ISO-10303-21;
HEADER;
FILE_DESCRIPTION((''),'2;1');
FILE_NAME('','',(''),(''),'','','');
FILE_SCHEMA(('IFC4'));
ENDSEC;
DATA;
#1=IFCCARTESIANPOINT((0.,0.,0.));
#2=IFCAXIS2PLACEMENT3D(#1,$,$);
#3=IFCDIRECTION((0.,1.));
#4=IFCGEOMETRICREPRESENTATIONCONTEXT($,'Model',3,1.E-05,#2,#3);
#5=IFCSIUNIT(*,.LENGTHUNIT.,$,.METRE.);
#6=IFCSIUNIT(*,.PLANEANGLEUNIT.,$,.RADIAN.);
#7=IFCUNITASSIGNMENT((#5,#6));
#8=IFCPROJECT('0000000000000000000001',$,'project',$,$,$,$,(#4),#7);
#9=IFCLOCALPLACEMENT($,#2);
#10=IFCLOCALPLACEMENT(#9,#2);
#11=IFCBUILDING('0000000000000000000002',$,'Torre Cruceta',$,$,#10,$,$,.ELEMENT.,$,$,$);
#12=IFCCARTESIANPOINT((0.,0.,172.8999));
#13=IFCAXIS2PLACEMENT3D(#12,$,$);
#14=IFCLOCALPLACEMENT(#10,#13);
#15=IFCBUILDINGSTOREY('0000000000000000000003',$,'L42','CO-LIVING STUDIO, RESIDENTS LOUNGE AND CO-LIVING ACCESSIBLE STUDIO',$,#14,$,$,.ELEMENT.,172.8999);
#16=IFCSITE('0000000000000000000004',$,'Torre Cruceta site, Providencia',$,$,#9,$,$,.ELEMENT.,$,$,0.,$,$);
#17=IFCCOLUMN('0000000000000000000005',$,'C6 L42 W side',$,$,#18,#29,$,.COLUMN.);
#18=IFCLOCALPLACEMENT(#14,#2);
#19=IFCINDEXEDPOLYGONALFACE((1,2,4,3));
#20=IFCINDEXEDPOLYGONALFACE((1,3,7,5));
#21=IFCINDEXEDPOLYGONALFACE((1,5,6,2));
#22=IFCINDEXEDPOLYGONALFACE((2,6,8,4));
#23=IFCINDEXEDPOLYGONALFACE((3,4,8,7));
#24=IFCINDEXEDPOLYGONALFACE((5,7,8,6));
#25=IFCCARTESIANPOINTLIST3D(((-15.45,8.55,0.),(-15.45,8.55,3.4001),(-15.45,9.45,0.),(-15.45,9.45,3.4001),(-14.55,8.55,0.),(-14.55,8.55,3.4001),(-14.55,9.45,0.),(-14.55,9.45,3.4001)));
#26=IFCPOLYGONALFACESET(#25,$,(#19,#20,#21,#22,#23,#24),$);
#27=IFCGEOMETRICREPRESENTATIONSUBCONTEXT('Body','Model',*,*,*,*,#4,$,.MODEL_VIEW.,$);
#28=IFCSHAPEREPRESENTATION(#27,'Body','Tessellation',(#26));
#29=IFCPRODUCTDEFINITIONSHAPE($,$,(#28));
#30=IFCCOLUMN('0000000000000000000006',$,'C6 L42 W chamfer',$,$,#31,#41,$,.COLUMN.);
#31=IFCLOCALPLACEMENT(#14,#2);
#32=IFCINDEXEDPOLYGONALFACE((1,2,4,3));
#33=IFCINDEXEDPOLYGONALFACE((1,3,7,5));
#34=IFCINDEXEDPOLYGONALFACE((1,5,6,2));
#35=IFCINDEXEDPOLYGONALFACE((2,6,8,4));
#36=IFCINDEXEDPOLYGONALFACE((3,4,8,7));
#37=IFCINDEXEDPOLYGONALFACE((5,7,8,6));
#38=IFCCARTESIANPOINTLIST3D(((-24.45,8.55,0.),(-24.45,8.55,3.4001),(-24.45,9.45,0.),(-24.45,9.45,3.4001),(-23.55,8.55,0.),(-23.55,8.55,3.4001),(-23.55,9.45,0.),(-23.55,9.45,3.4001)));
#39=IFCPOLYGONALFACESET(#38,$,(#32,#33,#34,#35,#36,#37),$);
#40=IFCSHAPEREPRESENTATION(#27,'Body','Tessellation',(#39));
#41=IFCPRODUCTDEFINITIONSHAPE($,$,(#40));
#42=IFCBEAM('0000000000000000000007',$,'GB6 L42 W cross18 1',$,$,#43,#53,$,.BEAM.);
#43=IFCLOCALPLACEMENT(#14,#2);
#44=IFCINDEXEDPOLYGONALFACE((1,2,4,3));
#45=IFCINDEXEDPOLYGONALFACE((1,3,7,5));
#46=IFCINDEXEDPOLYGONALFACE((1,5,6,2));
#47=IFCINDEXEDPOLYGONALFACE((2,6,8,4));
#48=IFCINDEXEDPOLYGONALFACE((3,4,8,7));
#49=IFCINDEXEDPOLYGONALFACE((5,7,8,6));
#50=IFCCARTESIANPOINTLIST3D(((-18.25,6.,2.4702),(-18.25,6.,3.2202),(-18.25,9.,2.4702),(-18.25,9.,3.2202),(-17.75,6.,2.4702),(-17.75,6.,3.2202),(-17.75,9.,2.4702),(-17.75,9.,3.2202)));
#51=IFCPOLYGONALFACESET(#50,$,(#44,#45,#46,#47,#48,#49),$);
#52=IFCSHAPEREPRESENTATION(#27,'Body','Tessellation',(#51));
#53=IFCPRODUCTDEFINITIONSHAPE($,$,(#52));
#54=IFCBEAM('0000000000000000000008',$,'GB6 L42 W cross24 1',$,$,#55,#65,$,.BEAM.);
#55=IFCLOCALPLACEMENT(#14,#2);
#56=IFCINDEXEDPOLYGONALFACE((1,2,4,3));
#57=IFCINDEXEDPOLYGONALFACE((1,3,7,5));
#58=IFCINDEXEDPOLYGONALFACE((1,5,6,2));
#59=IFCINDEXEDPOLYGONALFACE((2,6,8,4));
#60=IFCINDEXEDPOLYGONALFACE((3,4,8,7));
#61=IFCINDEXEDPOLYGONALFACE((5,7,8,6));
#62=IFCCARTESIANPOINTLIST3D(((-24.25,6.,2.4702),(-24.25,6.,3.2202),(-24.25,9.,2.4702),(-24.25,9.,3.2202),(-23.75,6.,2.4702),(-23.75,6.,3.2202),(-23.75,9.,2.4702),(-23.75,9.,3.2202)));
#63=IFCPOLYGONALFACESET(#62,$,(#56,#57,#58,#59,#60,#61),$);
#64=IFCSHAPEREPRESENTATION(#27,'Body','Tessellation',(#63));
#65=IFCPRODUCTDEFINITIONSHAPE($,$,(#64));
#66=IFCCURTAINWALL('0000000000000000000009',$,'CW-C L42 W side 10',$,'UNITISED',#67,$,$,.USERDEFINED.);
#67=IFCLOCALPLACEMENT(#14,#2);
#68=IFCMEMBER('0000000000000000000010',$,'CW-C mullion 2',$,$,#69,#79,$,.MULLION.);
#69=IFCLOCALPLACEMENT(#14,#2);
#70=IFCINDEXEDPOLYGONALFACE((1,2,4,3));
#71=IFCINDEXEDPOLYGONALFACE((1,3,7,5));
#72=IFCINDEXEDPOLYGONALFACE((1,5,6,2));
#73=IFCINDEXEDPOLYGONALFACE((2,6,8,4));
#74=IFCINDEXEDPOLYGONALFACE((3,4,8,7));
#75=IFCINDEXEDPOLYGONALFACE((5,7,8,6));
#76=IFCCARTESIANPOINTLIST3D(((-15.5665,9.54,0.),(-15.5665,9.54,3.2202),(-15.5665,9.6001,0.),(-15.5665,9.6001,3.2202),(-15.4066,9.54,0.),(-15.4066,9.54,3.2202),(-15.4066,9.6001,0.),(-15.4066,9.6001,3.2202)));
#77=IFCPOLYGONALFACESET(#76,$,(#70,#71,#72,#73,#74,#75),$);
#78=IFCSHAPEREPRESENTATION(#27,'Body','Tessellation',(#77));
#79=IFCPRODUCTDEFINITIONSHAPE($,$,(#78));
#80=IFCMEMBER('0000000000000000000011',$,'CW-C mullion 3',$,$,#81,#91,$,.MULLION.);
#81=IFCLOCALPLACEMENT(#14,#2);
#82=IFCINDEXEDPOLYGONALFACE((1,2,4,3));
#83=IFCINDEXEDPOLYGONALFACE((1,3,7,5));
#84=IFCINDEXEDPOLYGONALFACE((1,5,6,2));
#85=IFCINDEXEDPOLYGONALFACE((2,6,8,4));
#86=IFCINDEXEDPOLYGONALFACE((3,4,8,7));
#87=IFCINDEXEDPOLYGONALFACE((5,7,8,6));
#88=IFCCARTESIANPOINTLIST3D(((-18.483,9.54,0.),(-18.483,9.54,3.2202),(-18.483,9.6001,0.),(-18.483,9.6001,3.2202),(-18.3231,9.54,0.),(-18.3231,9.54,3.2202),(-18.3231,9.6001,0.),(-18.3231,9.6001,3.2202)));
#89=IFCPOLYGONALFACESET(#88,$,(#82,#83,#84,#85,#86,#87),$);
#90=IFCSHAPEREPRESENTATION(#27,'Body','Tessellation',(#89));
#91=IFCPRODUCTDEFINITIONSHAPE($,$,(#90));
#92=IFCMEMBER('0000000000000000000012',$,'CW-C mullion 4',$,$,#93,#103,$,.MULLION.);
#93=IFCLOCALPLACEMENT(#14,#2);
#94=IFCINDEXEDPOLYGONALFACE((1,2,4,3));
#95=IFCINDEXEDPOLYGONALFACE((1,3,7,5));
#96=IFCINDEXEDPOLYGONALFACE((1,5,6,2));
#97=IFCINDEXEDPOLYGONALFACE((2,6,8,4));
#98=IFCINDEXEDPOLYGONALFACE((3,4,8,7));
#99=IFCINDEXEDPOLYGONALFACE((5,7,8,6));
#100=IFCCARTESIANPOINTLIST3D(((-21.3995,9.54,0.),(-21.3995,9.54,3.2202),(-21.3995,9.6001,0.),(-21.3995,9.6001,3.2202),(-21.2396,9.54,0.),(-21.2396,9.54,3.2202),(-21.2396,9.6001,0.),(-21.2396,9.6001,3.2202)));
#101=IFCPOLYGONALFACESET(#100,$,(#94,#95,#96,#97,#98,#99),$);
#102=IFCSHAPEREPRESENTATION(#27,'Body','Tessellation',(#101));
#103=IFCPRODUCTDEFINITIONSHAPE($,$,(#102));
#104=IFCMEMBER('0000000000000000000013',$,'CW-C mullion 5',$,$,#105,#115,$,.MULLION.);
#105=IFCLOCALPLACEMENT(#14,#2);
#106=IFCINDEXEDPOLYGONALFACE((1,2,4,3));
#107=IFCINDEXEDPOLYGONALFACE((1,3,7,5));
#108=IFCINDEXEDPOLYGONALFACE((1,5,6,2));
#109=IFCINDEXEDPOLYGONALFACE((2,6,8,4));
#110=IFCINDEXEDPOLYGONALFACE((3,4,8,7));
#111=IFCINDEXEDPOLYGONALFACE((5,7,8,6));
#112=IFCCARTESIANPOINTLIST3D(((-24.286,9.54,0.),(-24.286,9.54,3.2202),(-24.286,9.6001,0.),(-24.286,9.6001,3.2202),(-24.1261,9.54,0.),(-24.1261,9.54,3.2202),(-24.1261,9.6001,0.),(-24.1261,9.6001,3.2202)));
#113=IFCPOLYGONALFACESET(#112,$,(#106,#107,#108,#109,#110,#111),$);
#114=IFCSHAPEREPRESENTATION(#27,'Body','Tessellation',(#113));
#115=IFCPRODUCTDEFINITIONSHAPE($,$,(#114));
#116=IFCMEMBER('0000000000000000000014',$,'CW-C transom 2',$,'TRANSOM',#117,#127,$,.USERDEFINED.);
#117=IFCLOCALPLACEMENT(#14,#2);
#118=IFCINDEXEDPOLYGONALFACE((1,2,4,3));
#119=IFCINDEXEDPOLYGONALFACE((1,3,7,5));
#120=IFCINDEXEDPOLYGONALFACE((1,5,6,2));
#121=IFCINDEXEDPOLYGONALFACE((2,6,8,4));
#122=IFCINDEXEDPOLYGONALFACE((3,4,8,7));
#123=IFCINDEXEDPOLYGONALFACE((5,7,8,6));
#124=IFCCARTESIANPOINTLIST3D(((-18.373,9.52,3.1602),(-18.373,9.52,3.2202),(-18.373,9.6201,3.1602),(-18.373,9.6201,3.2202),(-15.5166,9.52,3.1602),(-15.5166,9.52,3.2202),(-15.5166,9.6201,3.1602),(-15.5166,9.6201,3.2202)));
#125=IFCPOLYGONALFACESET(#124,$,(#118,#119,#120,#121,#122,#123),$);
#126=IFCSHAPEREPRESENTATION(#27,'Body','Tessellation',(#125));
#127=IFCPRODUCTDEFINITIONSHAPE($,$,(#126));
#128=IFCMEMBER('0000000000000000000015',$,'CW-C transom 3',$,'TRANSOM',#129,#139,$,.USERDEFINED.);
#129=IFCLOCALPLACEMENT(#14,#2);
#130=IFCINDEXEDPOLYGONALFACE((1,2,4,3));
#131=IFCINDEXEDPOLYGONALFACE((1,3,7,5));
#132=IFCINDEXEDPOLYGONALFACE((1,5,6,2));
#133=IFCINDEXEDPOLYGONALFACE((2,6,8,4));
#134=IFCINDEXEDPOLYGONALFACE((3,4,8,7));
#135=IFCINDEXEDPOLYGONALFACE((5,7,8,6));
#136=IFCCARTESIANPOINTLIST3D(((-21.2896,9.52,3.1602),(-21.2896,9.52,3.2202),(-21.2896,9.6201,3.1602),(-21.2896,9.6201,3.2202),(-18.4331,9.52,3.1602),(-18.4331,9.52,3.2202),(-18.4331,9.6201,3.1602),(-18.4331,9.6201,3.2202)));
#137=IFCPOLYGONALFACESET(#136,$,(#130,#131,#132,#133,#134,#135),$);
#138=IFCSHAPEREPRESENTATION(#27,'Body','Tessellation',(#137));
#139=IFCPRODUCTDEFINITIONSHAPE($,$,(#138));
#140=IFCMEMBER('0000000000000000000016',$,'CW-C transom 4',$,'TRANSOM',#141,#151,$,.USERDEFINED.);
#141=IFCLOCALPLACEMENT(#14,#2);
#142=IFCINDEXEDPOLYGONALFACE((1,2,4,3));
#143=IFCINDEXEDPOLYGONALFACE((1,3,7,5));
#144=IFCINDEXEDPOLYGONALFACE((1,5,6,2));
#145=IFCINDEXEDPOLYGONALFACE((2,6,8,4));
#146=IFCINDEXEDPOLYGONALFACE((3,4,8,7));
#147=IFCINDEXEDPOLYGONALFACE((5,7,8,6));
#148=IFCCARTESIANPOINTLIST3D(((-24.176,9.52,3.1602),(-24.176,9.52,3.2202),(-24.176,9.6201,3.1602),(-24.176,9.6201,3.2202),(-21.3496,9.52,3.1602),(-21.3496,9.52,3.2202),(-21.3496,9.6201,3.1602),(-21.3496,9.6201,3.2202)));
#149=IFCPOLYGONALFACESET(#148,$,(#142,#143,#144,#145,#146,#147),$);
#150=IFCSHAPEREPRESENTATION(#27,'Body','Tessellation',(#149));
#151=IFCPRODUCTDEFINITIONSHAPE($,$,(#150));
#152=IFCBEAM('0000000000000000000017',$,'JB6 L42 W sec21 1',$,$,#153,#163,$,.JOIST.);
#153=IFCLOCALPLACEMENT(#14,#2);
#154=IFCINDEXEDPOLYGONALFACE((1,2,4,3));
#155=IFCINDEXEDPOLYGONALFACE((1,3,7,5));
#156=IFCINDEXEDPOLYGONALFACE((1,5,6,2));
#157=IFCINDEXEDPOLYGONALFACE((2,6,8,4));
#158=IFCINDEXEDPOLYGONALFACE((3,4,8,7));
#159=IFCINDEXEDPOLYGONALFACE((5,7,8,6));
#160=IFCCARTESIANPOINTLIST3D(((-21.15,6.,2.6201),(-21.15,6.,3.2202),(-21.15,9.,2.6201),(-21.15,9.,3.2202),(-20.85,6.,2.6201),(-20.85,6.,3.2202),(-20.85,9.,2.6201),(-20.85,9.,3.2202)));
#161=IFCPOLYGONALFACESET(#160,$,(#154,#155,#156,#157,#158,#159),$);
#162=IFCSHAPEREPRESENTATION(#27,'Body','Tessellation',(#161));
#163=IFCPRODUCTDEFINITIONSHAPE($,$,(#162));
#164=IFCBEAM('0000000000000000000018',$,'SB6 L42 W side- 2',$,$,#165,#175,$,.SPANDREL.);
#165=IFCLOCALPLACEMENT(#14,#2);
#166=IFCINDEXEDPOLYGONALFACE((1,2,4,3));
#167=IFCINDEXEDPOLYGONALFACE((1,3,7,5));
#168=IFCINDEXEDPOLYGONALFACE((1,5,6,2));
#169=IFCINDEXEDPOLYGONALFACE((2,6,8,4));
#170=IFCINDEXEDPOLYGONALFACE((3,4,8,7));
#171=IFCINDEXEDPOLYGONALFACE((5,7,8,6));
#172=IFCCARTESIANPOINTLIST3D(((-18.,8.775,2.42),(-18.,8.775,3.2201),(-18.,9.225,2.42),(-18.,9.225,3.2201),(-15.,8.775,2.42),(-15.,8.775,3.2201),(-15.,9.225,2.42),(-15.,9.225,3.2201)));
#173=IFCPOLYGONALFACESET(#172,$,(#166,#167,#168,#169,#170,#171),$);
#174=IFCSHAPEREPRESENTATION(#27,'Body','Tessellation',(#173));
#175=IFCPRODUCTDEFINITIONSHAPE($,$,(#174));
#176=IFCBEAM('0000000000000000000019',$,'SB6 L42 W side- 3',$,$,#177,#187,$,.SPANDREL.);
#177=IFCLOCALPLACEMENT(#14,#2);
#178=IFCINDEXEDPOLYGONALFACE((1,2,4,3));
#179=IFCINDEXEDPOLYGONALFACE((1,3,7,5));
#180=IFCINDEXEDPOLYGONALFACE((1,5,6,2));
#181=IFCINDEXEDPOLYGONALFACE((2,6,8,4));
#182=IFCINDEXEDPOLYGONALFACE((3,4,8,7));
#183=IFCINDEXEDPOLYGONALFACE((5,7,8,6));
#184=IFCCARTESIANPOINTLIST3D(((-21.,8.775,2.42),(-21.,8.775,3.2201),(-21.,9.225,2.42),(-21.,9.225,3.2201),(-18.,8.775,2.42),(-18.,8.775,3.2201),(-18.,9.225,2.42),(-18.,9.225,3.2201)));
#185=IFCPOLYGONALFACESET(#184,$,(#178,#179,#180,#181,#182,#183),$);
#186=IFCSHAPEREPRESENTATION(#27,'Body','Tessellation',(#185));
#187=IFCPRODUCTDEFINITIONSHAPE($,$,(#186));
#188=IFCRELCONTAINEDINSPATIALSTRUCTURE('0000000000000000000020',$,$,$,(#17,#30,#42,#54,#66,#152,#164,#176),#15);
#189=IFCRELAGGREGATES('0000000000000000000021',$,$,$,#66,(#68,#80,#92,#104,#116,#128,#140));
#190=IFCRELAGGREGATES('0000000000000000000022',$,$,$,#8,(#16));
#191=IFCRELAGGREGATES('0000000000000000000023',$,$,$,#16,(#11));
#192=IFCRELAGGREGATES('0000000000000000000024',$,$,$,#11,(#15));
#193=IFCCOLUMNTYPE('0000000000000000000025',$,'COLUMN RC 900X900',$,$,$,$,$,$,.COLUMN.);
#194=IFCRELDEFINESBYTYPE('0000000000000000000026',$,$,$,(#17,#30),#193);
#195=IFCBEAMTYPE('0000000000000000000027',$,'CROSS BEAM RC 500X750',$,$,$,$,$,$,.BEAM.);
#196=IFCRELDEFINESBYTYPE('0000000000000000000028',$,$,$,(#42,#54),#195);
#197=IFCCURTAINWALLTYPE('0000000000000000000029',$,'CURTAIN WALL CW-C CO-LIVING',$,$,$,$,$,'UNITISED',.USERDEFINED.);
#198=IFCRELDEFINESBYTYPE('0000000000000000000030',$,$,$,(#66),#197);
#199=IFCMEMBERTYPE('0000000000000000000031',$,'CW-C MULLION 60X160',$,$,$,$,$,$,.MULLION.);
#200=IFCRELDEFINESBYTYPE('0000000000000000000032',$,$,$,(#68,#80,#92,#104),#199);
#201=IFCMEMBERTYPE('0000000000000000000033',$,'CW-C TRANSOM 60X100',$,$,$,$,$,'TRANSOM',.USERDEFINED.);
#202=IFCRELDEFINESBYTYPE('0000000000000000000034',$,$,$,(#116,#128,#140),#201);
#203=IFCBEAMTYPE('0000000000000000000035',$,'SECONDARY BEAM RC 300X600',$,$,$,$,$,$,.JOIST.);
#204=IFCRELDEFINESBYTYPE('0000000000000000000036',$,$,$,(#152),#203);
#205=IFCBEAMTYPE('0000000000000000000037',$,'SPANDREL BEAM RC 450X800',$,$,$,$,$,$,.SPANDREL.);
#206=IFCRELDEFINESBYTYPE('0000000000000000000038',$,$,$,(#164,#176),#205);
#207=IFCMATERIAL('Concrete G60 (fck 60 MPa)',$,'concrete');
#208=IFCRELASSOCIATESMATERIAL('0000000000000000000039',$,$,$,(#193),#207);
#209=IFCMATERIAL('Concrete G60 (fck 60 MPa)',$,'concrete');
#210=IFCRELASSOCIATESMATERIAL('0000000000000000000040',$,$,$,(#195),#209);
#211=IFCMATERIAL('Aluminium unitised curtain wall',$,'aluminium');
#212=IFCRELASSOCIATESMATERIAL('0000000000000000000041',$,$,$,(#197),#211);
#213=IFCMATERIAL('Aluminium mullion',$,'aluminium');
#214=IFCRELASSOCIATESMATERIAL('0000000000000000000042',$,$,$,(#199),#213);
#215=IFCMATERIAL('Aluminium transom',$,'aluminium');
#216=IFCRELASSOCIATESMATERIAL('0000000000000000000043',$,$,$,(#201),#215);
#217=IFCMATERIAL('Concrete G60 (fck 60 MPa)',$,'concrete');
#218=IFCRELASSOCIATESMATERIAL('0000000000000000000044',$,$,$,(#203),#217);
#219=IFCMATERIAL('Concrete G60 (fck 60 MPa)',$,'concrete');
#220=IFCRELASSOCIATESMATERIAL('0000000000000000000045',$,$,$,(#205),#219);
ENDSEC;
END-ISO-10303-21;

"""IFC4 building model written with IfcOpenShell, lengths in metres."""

from ifc_helpers import new_model, si_unit, direction, frame, origin, origin_2d, place, context, subcontext, project, spatial, rectangle, extrude, material, material_profile, profile_set, type_object, element, aggregate, save


model = new_model("IFC4")

# Units and contexts
model_context = context("Model", 3, precision=1e-05, world=origin(), true_north=direction((0.0, 1.0)))
body_context = subcontext(model_context, "Body", "Model", "MODEL_VIEW")
ifc_project = project(units=[si_unit("LENGTHUNIT", "METRE"), si_unit("PLANEANGLEUNIT", "RADIAN")], contexts=[model_context])

# Site, building, storey
site_placement = place(None, origin())
site = spatial("IfcSite", under=ifc_project, at=site_placement, Name="Torre Cruceta site, Providencia", CompositionType="ELEMENT", RefElevation=0.0)
building_placement = place(site_placement, origin())
building = spatial("IfcBuilding", under=site, at=building_placement, Name="Torre Cruceta", CompositionType="ELEMENT")
storey_placement = place(building_placement, frame((0.0, 0.0, 172.8999)))
storey = spatial("IfcBuildingStorey", under=building, at=storey_placement, Name="L42", Description="CO-LIVING STUDIO, RESIDENTS LOUNGE AND CO-LIVING ACCESSIBLE STUDIO", CompositionType="ELEMENT", Elevation=172.8999)

# Columns
ifc_material_1 = material(Name="Concrete G60 (fck 60 MPa)", Category="concrete")
ifc_material_profile_1 = material_profile(ifc_material_1, rectangle(XDim=0.8999, YDim=0.8999, at=origin_2d()), Name="RC 900X900")
ifc_profile_set_1 = profile_set([ifc_material_profile_1], Name="Concrete G60 (fck 60 MPa)")
column_type = type_object("IfcColumnType", Name="COLUMN RC 900X900", PredefinedType="COLUMN", material=ifc_profile_set_1)
for number, where, z_axis, x_axis, name in (
    (1, (-15.0, 9.0, 0.0), (0.0, 0.0, 1.0), (1.0, 0.0, 0.0), "C6 L42 W side"),
    (2, (-24.0, 9.0, 0.0), (0.0, 0.0, 1.0), (1.0, 0.0, 0.0), "C6 L42 W chamfer"),
):
    element("IfcColumn", number, at=place(storey_placement, frame(where, z_axis=z_axis, x_axis=x_axis)), inside=storey, type_object=column_type, Name=name, PredefinedType="COLUMN", context=body_context, shape_type="SweptSolid", body=[
        extrude(rectangle(XDim=0.8999, YDim=0.8999, at=origin_2d()), origin(), (0.0, 0.0, 1.0), 3.4001),
    ])

# Beams
ifc_material_2 = material(Name="Concrete G60 (fck 60 MPa)", Category="concrete")
ifc_material_profile_2 = material_profile(ifc_material_2, rectangle(XDim=0.5, YDim=0.75, at=origin_2d()), Name="RC 500X750")
ifc_profile_set_2 = profile_set([ifc_material_profile_2], Name="Concrete G60 (fck 60 MPa)")
beam_type_1 = type_object("IfcBeamType", Name="CROSS BEAM RC 500X750", PredefinedType="BEAM", material=ifc_profile_set_2)
for number, where, z_axis, x_axis, name in (
    (3, (-18.0, 9.0, 2.8452), (0.0, -1.0, 0.0), (1.0, 0.0, 0.0), "GB6 L42 W cross18 1"),
    (4, (-24.0, 9.0, 2.8452), (0.0, -1.0, 0.0), (1.0, 0.0, 0.0), "GB6 L42 W cross24 1"),
):
    element("IfcBeam", number, at=place(storey_placement, frame(where, z_axis=z_axis, x_axis=x_axis)), inside=storey, type_object=beam_type_1, Name=name, PredefinedType="BEAM", context=body_context, shape_type="SweptSolid", body=[
        extrude(rectangle(XDim=0.5, YDim=0.75, at=origin_2d()), origin(), (0.0, 0.0, 1.0), 3.0),
    ])

# Curtain wall, members
ifc_material_3 = material(Name="Aluminium unitised curtain wall", Category="aluminium")
curtain_wall_type = type_object("IfcCurtainWallType", Name="CURTAIN WALL CW-C CO-LIVING", ElementType="UNITISED", PredefinedType="USERDEFINED", material=ifc_material_3)
curtain_wall_placement = place(storey_placement, origin())
curtain_wall = element("IfcCurtainWall", 5, at=curtain_wall_placement, inside=storey, type_object=curtain_wall_type, Name="CW-C L42 W side 10", ObjectType="UNITISED", PredefinedType="USERDEFINED")
ifc_material_4 = material(Name="Aluminium mullion", Category="aluminium")
ifc_material_profile_3 = material_profile(ifc_material_4, rectangle(XDim=0.0601, YDim=0.1599, at=origin_2d()), Name="AL 60X160")
ifc_profile_set_3 = profile_set([ifc_material_profile_3], Name="Aluminium mullion")
member_type_1 = type_object("IfcMemberType", Name="CW-C MULLION 60X160", PredefinedType="MULLION", material=ifc_profile_set_3)
member_1_placement = place(storey_placement, frame((-15.4866, 9.5701, 0.0), z_axis=(0.0, 0.0, 1.0), x_axis=(0.0, -1.0, 0.0)))
member_1 = element("IfcMember", 6, at=member_1_placement, type_object=member_type_1, Name="CW-C mullion 2", PredefinedType="MULLION", context=body_context, shape_type="SweptSolid", body=[
    extrude(rectangle(XDim=0.0601, YDim=0.1599, at=origin_2d()), origin(), (0.0, 0.0, 1.0), 3.2202),
])
member_2_placement = place(storey_placement, frame((-18.4031, 9.5701, 0.0), z_axis=(0.0, 0.0, 1.0), x_axis=(0.0, -1.0, 0.0)))
member_2 = element("IfcMember", 7, at=member_2_placement, type_object=member_type_1, Name="CW-C mullion 3", PredefinedType="MULLION", context=body_context, shape_type="SweptSolid", body=[
    extrude(rectangle(XDim=0.0601, YDim=0.1599, at=origin_2d()), origin(), (0.0, 0.0, 1.0), 3.2202),
])
member_3_placement = place(storey_placement, frame((-21.3196, 9.5701, 0.0), z_axis=(0.0, 0.0, 1.0), x_axis=(0.0, -1.0, 0.0)))
member_3 = element("IfcMember", 8, at=member_3_placement, type_object=member_type_1, Name="CW-C mullion 4", PredefinedType="MULLION", context=body_context, shape_type="SweptSolid", body=[
    extrude(rectangle(XDim=0.0601, YDim=0.1599, at=origin_2d()), origin(), (0.0, 0.0, 1.0), 3.2202),
])
member_4_placement = place(storey_placement, frame((-24.2061, 9.5701, 0.0), z_axis=(0.0, 0.0, 1.0), x_axis=(0.0, -1.0, 0.0)))
member_4 = element("IfcMember", 9, at=member_4_placement, type_object=member_type_1, Name="CW-C mullion 5", PredefinedType="MULLION", context=body_context, shape_type="SweptSolid", body=[
    extrude(rectangle(XDim=0.0601, YDim=0.1599, at=origin_2d()), origin(), (0.0, 0.0, 1.0), 3.2202),
])
ifc_material_5 = material(Name="Aluminium transom", Category="aluminium")
ifc_material_profile_4 = material_profile(ifc_material_5, rectangle(XDim=0.1001, YDim=0.0601, at=origin_2d()), Name="AL 100X60")
ifc_profile_set_4 = profile_set([ifc_material_profile_4], Name="Aluminium transom")
member_type_2 = type_object("IfcMemberType", Name="CW-C TRANSOM 60X100", ElementType="TRANSOM", PredefinedType="USERDEFINED", material=ifc_profile_set_4)
member_5_placement = place(storey_placement, frame((-15.5166, 9.5701, 3.1902), z_axis=(-1.0, 0.0, 0.0), x_axis=(0.0, -1.0, 0.0)))
member_5 = element("IfcMember", 10, at=member_5_placement, type_object=member_type_2, Name="CW-C transom 2", ObjectType="TRANSOM", PredefinedType="USERDEFINED", context=body_context, shape_type="SweptSolid", body=[
    extrude(rectangle(XDim=0.1001, YDim=0.0601, at=origin_2d()), origin(), (0.0, 0.0, 1.0), 2.8564),
])
member_6_placement = place(storey_placement, frame((-18.4331, 9.5701, 3.1902), z_axis=(-1.0, 0.0, 0.0), x_axis=(0.0, -1.0, 0.0)))
member_6 = element("IfcMember", 11, at=member_6_placement, type_object=member_type_2, Name="CW-C transom 3", ObjectType="TRANSOM", PredefinedType="USERDEFINED", context=body_context, shape_type="SweptSolid", body=[
    extrude(rectangle(XDim=0.1001, YDim=0.0601, at=origin_2d()), origin(), (0.0, 0.0, 1.0), 2.8564),
])
member_7_placement = place(storey_placement, frame((-21.3496, 9.5701, 3.1902), z_axis=(-1.0, 0.0, 0.0), x_axis=(0.0, -1.0, 0.0)))
member_7 = element("IfcMember", 12, at=member_7_placement, type_object=member_type_2, Name="CW-C transom 4", ObjectType="TRANSOM", PredefinedType="USERDEFINED", context=body_context, shape_type="SweptSolid", body=[
    extrude(rectangle(XDim=0.1001, YDim=0.0601, at=origin_2d()), origin(), (0.0, 0.0, 1.0), 2.8264),
])

# Beams
ifc_material_6 = material(Name="Concrete G60 (fck 60 MPa)", Category="concrete")
ifc_material_profile_5 = material_profile(ifc_material_6, rectangle(XDim=0.3, YDim=0.6001, at=origin_2d()), Name="RC 300X600")
ifc_profile_set_5 = profile_set([ifc_material_profile_5], Name="Concrete G60 (fck 60 MPa)")
beam_type_2 = type_object("IfcBeamType", Name="SECONDARY BEAM RC 300X600", PredefinedType="JOIST", material=ifc_profile_set_5)
beam_1_placement = place(storey_placement, frame((-21.0, 9.0, 2.9202), z_axis=(0.0, -1.0, 0.0), x_axis=(1.0, 0.0, 0.0)))
element("IfcBeam", 13, at=beam_1_placement, inside=storey, type_object=beam_type_2, Name="JB6 L42 W sec21 1", PredefinedType="JOIST", context=body_context, shape_type="SweptSolid", body=[
    extrude(rectangle(XDim=0.3, YDim=0.6001, at=origin_2d()), origin(), (0.0, 0.0, 1.0), 3.0),
])
ifc_material_7 = material(Name="Concrete G60 (fck 60 MPa)", Category="concrete")
ifc_material_profile_6 = material_profile(ifc_material_7, rectangle(XDim=0.45, YDim=0.8, at=origin_2d()), Name="RC 450X800")
ifc_profile_set_6 = profile_set([ifc_material_profile_6], Name="Concrete G60 (fck 60 MPa)")
beam_type_3 = type_object("IfcBeamType", Name="SPANDREL BEAM RC 450X800", PredefinedType="SPANDREL", material=ifc_profile_set_6)
for number, where, z_axis, x_axis, name in (
    (14, (-15.0, 9.0, 2.8201), (-1.0, 0.0, 0.0), (0.0, -1.0, 0.0), "SB6 L42 W side- 2"),
    (15, (-18.0, 9.0, 2.8201), (-1.0, 0.0, 0.0), (0.0, -1.0, 0.0), "SB6 L42 W side- 3"),
):
    element("IfcBeam", number, at=place(storey_placement, frame(where, z_axis=z_axis, x_axis=x_axis)), inside=storey, type_object=beam_type_3, Name=name, PredefinedType="SPANDREL", context=body_context, shape_type="SweptSolid", body=[
        extrude(rectangle(XDim=0.45, YDim=0.8, at=origin_2d()), origin(), (0.0, 0.0, 1.0), 3.0),
    ])

aggregate(curtain_wall, [member_1, member_2, member_3, member_4, member_5, member_6, member_7])

save(model, "model.ifc")
